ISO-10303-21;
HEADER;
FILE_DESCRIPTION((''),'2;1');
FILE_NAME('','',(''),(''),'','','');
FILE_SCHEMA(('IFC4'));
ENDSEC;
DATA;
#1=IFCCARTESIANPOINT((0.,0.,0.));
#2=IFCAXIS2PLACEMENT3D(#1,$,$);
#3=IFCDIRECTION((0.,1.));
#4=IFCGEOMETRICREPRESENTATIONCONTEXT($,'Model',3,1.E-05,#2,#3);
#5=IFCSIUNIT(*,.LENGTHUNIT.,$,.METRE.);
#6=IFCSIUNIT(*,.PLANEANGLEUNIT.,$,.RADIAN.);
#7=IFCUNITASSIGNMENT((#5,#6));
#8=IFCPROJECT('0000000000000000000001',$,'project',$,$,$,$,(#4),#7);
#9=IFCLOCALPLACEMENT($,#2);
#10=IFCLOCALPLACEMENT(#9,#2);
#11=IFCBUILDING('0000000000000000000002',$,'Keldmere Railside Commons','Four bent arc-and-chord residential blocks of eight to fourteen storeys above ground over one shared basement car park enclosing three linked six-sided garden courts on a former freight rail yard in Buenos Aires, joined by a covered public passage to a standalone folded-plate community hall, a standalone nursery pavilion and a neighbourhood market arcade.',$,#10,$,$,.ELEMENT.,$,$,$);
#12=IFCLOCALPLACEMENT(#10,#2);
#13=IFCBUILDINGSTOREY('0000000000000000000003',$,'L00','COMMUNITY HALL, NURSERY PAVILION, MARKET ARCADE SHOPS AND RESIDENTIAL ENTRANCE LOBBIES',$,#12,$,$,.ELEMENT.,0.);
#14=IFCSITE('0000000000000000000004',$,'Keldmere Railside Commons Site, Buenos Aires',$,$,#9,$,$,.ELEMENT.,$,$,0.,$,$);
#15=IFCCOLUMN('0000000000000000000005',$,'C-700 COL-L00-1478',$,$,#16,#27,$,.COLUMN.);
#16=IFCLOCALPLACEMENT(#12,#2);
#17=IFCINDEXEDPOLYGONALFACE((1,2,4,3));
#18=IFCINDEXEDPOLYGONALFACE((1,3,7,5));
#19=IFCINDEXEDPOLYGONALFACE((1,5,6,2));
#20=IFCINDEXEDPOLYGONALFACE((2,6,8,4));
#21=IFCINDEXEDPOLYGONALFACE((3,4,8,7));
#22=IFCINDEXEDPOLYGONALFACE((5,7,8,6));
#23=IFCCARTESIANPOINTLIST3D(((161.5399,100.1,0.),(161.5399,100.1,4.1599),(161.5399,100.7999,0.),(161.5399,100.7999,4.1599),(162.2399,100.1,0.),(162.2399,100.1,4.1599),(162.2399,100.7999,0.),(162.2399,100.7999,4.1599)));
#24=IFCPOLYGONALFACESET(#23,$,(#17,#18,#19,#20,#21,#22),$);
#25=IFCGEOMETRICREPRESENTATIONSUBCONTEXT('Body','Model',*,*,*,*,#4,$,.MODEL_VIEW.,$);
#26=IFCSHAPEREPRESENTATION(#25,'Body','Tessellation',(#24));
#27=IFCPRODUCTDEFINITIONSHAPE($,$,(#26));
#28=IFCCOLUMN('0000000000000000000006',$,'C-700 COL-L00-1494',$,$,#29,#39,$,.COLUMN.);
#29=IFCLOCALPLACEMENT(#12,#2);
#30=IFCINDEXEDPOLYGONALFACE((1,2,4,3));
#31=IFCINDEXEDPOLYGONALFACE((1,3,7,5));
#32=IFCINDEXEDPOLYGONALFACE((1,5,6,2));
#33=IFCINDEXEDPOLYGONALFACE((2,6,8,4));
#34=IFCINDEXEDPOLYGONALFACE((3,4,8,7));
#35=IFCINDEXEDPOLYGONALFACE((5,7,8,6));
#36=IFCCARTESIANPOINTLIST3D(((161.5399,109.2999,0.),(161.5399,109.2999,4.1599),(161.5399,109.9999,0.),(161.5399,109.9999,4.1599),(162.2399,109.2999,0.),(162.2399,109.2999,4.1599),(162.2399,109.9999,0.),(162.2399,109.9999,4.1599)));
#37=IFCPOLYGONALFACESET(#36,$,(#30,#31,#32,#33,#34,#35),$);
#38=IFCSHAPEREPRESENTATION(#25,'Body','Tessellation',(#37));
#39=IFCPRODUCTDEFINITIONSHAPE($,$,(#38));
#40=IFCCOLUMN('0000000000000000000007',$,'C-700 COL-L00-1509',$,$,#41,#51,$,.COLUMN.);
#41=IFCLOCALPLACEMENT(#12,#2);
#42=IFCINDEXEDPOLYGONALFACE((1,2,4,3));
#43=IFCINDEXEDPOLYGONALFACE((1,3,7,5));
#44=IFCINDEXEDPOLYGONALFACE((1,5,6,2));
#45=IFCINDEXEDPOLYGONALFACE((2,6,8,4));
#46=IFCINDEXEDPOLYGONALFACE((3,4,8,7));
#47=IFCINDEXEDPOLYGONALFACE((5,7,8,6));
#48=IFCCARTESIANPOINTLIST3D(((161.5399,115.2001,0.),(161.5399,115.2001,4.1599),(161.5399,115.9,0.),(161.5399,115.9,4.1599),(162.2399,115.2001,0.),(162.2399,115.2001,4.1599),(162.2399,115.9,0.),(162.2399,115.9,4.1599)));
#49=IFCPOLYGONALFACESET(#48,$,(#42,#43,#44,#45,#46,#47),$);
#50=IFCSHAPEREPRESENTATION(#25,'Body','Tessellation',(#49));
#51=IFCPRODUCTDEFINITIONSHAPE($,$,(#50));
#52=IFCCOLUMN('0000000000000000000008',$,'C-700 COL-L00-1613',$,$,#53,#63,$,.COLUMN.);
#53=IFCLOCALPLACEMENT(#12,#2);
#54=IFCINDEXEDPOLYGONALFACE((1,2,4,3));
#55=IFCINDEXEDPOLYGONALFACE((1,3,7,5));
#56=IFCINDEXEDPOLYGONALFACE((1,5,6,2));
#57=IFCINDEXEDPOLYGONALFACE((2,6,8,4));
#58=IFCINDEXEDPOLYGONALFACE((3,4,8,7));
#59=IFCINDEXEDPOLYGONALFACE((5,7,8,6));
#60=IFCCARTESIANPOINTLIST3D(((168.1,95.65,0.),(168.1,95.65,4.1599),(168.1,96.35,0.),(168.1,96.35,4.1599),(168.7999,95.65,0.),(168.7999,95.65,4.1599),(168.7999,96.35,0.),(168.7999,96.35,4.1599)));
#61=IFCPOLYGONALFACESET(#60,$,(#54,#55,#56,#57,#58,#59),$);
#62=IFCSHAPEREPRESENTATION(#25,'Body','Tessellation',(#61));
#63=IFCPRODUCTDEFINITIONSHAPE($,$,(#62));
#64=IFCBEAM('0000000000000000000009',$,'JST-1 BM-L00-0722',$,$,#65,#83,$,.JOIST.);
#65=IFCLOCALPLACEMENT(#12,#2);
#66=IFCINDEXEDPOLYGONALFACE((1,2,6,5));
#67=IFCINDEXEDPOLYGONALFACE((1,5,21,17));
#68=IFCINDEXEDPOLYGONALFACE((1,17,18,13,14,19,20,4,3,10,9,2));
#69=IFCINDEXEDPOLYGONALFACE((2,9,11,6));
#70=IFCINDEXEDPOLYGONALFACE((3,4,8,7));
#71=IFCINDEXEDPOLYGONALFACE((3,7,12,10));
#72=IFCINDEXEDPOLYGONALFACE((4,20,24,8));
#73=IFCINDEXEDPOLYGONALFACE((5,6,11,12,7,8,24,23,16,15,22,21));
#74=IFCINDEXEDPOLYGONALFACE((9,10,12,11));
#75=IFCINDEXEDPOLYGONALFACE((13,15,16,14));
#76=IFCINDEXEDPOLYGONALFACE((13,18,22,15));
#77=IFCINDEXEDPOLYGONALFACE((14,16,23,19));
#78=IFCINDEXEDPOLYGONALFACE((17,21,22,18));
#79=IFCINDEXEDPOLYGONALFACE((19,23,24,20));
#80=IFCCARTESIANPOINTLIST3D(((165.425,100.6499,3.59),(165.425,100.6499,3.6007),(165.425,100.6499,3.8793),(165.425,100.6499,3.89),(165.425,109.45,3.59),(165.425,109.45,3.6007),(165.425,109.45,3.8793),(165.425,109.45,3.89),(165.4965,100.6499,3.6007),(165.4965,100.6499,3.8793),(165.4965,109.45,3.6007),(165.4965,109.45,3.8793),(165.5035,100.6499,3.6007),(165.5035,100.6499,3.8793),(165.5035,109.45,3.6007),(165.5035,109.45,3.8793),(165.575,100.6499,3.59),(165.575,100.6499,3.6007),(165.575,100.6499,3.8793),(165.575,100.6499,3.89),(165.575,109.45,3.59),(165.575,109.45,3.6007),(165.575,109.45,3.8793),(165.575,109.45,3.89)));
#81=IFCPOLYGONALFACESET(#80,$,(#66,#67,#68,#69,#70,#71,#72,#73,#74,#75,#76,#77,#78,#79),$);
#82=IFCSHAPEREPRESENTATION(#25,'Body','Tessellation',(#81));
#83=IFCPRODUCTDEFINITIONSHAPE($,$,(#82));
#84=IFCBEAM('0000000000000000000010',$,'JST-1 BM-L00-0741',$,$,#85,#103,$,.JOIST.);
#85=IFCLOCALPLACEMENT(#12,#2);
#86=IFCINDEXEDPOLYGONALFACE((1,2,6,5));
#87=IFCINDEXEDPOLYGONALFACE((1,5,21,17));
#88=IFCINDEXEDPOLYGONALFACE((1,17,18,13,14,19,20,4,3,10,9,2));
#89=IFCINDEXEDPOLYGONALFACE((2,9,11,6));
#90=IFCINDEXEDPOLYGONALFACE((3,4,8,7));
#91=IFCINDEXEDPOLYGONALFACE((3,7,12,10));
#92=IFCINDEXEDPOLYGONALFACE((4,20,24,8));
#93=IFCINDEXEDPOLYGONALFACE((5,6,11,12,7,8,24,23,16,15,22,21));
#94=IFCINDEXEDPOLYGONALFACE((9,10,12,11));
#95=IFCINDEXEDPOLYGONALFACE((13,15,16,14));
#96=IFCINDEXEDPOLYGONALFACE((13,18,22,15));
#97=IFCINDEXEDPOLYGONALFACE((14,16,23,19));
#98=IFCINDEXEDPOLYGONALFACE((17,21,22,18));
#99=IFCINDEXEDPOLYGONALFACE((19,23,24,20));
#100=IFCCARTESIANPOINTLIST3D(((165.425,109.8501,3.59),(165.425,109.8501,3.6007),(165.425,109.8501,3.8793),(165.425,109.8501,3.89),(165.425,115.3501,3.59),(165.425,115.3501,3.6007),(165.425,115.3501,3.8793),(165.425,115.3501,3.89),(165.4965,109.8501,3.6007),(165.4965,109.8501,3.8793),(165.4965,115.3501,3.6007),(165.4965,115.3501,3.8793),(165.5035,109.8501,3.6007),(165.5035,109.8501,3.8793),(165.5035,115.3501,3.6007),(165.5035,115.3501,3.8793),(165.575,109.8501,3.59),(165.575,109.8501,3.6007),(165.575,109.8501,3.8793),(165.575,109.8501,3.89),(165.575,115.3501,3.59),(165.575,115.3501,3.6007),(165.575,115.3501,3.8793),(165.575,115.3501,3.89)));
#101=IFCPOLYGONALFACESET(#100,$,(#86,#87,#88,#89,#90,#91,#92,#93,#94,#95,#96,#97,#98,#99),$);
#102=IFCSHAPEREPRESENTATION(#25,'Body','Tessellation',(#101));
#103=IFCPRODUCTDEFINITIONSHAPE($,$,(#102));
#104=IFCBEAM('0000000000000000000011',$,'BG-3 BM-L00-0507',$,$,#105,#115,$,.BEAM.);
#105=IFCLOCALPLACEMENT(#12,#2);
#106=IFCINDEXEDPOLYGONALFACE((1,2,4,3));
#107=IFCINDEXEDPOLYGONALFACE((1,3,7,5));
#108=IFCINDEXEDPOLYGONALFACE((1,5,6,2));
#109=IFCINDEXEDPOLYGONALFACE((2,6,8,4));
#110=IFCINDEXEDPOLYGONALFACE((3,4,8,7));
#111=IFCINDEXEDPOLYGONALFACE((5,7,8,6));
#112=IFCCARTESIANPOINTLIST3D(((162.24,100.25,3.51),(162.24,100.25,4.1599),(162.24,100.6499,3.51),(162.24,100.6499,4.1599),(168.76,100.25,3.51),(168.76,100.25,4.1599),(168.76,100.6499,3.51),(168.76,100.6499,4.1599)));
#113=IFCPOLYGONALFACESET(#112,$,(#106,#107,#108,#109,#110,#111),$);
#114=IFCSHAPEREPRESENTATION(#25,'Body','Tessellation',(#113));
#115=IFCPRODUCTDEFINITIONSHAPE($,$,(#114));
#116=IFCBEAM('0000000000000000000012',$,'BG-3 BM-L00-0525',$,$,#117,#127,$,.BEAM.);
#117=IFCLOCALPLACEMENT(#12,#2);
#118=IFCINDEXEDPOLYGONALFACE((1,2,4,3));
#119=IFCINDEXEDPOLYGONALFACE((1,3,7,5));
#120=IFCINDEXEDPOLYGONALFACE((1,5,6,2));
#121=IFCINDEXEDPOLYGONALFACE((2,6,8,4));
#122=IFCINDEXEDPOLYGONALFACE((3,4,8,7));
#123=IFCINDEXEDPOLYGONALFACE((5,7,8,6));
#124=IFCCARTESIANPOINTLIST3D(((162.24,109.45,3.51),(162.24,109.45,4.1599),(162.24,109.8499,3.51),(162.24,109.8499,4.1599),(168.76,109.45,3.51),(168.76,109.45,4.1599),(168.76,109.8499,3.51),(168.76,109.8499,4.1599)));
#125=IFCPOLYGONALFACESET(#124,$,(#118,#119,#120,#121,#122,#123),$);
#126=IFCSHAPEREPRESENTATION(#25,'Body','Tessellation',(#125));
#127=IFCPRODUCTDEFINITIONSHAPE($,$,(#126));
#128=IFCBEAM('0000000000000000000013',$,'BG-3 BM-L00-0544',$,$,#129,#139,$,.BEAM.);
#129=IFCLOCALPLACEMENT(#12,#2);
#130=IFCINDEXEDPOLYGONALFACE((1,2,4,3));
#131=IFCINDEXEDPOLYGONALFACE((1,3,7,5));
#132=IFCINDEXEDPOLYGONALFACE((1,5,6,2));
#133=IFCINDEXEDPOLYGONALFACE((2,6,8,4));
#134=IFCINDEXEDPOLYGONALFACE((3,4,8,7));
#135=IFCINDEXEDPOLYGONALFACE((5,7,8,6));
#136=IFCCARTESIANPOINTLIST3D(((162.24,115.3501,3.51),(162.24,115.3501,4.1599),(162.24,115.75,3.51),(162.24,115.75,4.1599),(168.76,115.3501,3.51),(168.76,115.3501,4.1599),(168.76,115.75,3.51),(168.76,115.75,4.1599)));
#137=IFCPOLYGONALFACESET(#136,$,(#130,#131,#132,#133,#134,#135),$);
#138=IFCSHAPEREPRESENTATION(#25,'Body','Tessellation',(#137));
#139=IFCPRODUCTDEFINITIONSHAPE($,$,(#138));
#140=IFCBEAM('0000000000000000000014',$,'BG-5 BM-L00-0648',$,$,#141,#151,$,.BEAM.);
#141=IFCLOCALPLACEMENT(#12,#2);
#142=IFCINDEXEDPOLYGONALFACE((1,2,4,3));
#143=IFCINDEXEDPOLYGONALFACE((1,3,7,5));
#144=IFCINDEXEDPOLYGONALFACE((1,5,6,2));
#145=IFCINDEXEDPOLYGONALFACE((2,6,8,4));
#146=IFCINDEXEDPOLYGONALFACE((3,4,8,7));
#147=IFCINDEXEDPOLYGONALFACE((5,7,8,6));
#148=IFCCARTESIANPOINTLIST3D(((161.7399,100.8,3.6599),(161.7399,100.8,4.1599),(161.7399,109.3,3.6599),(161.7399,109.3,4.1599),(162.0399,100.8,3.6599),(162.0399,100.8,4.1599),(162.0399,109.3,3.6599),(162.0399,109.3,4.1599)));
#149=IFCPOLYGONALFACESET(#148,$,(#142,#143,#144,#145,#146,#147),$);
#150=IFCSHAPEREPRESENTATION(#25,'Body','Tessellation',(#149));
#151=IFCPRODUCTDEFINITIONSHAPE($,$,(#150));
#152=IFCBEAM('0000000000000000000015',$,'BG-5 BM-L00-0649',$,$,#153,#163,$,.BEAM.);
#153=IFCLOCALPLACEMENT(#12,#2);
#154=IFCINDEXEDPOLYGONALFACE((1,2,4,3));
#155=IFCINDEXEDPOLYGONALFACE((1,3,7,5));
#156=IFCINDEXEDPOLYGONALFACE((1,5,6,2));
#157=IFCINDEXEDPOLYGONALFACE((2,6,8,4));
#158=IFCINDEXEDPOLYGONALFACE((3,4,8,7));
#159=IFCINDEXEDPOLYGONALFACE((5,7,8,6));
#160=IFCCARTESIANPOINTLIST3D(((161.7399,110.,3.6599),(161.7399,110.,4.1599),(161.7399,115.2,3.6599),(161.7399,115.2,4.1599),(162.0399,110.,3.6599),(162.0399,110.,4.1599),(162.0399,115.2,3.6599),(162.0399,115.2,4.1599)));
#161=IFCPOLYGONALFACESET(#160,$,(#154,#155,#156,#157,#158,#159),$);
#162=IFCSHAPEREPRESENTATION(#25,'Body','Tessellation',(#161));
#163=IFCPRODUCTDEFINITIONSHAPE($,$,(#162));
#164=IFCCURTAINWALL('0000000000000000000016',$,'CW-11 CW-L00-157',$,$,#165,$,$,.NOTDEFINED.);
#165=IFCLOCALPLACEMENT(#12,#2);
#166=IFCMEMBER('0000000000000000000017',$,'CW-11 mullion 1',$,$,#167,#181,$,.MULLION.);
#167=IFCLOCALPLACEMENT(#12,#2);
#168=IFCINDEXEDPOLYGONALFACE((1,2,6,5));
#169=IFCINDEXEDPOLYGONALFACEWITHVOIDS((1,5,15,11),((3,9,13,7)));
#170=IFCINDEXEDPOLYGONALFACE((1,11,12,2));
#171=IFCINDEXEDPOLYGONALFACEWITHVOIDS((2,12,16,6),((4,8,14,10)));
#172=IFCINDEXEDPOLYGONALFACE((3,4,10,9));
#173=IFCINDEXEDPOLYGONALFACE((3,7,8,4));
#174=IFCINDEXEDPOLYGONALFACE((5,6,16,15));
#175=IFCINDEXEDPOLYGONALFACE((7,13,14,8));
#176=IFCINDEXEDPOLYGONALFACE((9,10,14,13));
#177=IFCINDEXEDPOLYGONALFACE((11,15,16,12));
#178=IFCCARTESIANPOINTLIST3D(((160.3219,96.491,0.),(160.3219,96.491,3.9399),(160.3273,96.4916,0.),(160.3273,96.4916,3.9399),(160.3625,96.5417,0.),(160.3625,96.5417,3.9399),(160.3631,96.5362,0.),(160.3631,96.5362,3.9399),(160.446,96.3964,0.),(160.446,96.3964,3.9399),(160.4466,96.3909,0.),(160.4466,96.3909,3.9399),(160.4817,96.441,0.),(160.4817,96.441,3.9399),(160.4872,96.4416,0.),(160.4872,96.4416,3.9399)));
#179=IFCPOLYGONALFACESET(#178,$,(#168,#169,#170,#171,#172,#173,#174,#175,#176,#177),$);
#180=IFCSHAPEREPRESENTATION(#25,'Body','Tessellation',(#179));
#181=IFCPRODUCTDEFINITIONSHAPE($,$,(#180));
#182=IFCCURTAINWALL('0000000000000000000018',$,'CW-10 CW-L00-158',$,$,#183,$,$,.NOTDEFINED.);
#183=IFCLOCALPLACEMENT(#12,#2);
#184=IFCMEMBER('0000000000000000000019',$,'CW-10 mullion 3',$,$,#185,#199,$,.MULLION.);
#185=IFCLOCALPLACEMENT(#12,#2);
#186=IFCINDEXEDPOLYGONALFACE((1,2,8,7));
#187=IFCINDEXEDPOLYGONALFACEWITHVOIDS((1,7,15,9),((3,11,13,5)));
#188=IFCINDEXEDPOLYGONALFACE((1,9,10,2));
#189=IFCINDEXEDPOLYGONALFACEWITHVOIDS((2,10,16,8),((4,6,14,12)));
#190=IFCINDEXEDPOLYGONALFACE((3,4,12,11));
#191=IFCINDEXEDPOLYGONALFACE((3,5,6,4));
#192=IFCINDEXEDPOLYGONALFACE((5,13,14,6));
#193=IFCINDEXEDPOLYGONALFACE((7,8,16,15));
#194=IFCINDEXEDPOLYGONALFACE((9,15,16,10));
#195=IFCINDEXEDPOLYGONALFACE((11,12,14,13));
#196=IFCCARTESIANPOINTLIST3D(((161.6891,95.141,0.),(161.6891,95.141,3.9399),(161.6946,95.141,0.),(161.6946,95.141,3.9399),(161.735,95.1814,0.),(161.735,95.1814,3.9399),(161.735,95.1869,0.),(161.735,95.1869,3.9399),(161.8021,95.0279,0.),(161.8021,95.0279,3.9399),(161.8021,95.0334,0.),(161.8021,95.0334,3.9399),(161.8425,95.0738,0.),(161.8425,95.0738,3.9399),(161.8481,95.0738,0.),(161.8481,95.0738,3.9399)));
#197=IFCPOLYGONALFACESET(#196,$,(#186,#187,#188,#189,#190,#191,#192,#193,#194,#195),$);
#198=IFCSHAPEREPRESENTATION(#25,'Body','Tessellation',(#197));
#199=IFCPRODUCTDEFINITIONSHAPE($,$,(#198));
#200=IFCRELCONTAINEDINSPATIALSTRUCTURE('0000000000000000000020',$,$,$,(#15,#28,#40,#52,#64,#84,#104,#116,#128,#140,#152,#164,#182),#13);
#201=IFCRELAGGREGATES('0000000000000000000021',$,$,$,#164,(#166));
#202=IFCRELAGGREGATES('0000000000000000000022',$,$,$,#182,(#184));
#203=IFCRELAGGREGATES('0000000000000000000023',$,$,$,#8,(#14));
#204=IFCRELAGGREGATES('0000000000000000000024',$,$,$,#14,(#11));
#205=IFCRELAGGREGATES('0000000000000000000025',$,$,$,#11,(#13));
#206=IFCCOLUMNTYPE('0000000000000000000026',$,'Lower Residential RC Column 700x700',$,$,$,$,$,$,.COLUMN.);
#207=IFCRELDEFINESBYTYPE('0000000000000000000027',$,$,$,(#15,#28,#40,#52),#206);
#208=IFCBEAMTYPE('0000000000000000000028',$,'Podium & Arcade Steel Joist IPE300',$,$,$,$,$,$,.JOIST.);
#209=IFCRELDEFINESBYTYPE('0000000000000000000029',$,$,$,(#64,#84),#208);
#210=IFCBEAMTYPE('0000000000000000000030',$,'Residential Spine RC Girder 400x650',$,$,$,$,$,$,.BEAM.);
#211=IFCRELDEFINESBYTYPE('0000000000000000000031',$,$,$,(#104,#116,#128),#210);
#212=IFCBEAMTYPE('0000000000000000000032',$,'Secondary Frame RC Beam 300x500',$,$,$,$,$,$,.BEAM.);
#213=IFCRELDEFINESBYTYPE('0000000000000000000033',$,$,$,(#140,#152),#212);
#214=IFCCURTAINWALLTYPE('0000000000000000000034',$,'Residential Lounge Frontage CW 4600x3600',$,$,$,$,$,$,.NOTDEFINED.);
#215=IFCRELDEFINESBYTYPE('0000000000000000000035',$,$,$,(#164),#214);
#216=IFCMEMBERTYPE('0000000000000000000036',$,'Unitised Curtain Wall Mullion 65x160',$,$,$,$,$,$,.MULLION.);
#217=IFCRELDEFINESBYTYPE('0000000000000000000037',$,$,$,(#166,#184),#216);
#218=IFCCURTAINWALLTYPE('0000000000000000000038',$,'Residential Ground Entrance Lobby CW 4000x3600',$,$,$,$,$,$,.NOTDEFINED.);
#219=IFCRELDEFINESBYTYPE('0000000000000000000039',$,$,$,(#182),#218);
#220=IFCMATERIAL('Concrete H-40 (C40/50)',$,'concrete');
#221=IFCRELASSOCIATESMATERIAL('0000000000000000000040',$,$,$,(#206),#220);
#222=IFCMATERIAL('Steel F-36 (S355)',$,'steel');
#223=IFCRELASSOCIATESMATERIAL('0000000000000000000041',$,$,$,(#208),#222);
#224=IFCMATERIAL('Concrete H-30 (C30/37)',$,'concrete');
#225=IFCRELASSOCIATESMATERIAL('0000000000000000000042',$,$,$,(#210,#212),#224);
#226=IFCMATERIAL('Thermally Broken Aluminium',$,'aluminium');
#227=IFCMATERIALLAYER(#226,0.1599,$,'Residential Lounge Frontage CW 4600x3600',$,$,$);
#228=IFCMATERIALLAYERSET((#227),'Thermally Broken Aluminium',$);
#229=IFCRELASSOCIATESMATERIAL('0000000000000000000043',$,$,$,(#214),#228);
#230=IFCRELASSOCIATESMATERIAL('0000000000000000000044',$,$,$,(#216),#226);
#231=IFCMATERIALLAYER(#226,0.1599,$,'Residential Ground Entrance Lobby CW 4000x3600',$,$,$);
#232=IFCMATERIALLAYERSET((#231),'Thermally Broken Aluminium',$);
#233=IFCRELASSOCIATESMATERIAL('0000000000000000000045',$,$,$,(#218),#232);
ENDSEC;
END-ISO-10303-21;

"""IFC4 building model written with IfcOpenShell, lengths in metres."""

from ifc_helpers import new_model, si_unit, direction, frame, origin, origin_2d, place, context, subcontext, project, spatial, rectangle, hollow_rectangle, i_section, extrude, material, layer, layer_set, material_profile, profile_set, type_object, element, aggregate, save


model = new_model("IFC4")

# Units and contexts
model_context = context("Model", 3, precision=1e-05, world=origin(), true_north=direction((0.0, 1.0)))
body_context = subcontext(model_context, "Body", "Model", "MODEL_VIEW")
ifc_project = project(units=[si_unit("LENGTHUNIT", "METRE"), si_unit("PLANEANGLEUNIT", "RADIAN")], contexts=[model_context])

# Site, building, storey
site_placement = place(None, origin())
site = spatial("IfcSite", under=ifc_project, at=site_placement, Name="Keldmere Railside Commons Site, Buenos Aires", CompositionType="ELEMENT", RefElevation=0.0)
building_placement = place(site_placement, origin())
building = spatial("IfcBuilding", under=site, at=building_placement, Name="Keldmere Railside Commons", Description="Four bent arc-and-chord residential blocks of eight to fourteen storeys above ground over one shared basement car park enclosing three linked six-sided garden courts on a former freight rail yard in Buenos Aires, joined by a covered public passage to a standalone folded-plate community hall, a standalone nursery pavilion and a neighbourhood market arcade.", CompositionType="ELEMENT")
storey_placement = place(building_placement, origin())
storey = spatial("IfcBuildingStorey", under=building, at=storey_placement, Name="L00", Description="COMMUNITY HALL, NURSERY PAVILION, MARKET ARCADE SHOPS AND RESIDENTIAL ENTRANCE LOBBIES", CompositionType="ELEMENT", Elevation=0.0)

# Columns
ifc_material_1 = material(Name="Concrete H-40 (C40/50)", Category="concrete")
ifc_material_profile_1 = material_profile(ifc_material_1, rectangle(XDim=0.7, YDim=0.7, at=origin_2d()), Name="RC-700x700")
ifc_profile_set_1 = profile_set([ifc_material_profile_1], Name="Concrete H-40 (C40/50)")
column_type = type_object("IfcColumnType", Name="Lower Residential RC Column 700x700", PredefinedType="COLUMN", material=ifc_profile_set_1)
for number, where, z_axis, x_axis, name in (
    (1, (161.8899, 100.45, 0.0), (0.0, 0.0, 1.0), (1.0, 0.0, 0.0), "C-700 COL-L00-1478"),
    (2, (161.8899, 109.6499, 0.0), (0.0, 0.0, 1.0), (1.0, 0.0, 0.0), "C-700 COL-L00-1494"),
    (3, (161.8899, 115.55, 0.0), (0.0, 0.0, 1.0), (1.0, 0.0, 0.0), "C-700 COL-L00-1509"),
    (4, (168.45, 96.0, 0.0), (0.0, 0.0, 1.0), (1.0, 0.0, 0.0), "C-700 COL-L00-1613"),
):
    element("IfcColumn", number, at=place(storey_placement, frame(where, z_axis=z_axis, x_axis=x_axis)), inside=storey, type_object=column_type, Name=name, PredefinedType="COLUMN", context=body_context, shape_type="SweptSolid", body=[
        extrude(rectangle(XDim=0.7, YDim=0.7, at=origin_2d()), origin(), (0.0, 0.0, 1.0), 4.1599),
    ])

# Beams
ifc_material_2 = material(Name="Steel F-36 (S355)", Category="steel")
ifc_material_profile_2 = material_profile(ifc_material_2, i_section(OverallWidth=0.1499, OverallDepth=0.3, WebThickness=0.0071, FlangeThickness=0.0107, at=origin_2d()), Name="IPE-300")
ifc_profile_set_2 = profile_set([ifc_material_profile_2], Name="Steel F-36 (S355)")
beam_type_1 = type_object("IfcBeamType", Name="Podium & Arcade Steel Joist IPE300", PredefinedType="JOIST", material=ifc_profile_set_2)
beam_1_placement = place(storey_placement, frame((165.5, 100.6499, 3.74), z_axis=(0.0, 1.0, 0.0), x_axis=(-1.0, 0.0, 0.0)))
element("IfcBeam", 5, at=beam_1_placement, inside=storey, type_object=beam_type_1, Name="JST-1 BM-L00-0722", PredefinedType="JOIST", context=body_context, shape_type="SweptSolid", body=[
    extrude(i_section(OverallWidth=0.1499, OverallDepth=0.3, WebThickness=0.0071, FlangeThickness=0.0107, at=origin_2d()), origin(), (0.0, 0.0, 1.0), 8.8),
])
beam_2_placement = place(storey_placement, frame((165.5, 109.8501, 3.74), z_axis=(0.0, 1.0, 0.0), x_axis=(-1.0, 0.0, 0.0)))
element("IfcBeam", 6, at=beam_2_placement, inside=storey, type_object=beam_type_1, Name="JST-1 BM-L00-0741", PredefinedType="JOIST", context=body_context, shape_type="SweptSolid", body=[
    extrude(i_section(OverallWidth=0.1499, OverallDepth=0.3, WebThickness=0.0071, FlangeThickness=0.0107, at=origin_2d()), origin(), (0.0, 0.0, 1.0), 5.5),
])
ifc_material_3 = material(Name="Concrete H-30 (C30/37)", Category="concrete")
ifc_material_profile_3 = material_profile(ifc_material_3, rectangle(XDim=0.3999, YDim=0.6499, at=origin_2d()), Name="RC-400x650")
ifc_profile_set_3 = profile_set([ifc_material_profile_3], Name="Concrete H-30 (C30/37)")
beam_type_2 = type_object("IfcBeamType", Name="Residential Spine RC Girder 400x650", PredefinedType="BEAM", material=ifc_profile_set_3)
for number, where, z_axis, x_axis, name in (
    (7, (162.24, 100.45, 3.835), (1.0, 0.0, 0.0), (0.0, 1.0, 0.0), "BG-3 BM-L00-0507"),
    (8, (162.24, 109.6499, 3.835), (1.0, 0.0, 0.0), (0.0, 1.0, 0.0), "BG-3 BM-L00-0525"),
    (9, (162.24, 115.55, 3.835), (1.0, 0.0, 0.0), (0.0, 1.0, 0.0), "BG-3 BM-L00-0544"),
):
    element("IfcBeam", number, at=place(storey_placement, frame(where, z_axis=z_axis, x_axis=x_axis)), inside=storey, type_object=beam_type_2, Name=name, PredefinedType="BEAM", context=body_context, shape_type="SweptSolid", body=[
        extrude(rectangle(XDim=0.3999, YDim=0.6499, at=origin_2d()), origin(), (0.0, 0.0, 1.0), 6.52),
    ])
ifc_material_profile_4 = material_profile(ifc_material_3, rectangle(XDim=0.3, YDim=0.5, at=origin_2d()), Name="RC-300x500")
ifc_profile_set_4 = profile_set([ifc_material_profile_4], Name="Concrete H-30 (C30/37)")
beam_type_3 = type_object("IfcBeamType", Name="Secondary Frame RC Beam 300x500", PredefinedType="BEAM", material=ifc_profile_set_4)
beam_3_placement = place(storey_placement, frame((161.8899, 100.8, 3.9099), z_axis=(0.0, 1.0, 0.0), x_axis=(-1.0, 0.0, 0.0)))
element("IfcBeam", 10, at=beam_3_placement, inside=storey, type_object=beam_type_3, Name="BG-5 BM-L00-0648", PredefinedType="BEAM", context=body_context, shape_type="SweptSolid", body=[
    extrude(rectangle(XDim=0.3, YDim=0.5, at=origin_2d()), origin(), (0.0, 0.0, 1.0), 8.5),
])
beam_4_placement = place(storey_placement, frame((161.8899, 110.0, 3.9099), z_axis=(0.0, 1.0, 0.0), x_axis=(-1.0, 0.0, 0.0)))
element("IfcBeam", 11, at=beam_4_placement, inside=storey, type_object=beam_type_3, Name="BG-5 BM-L00-0649", PredefinedType="BEAM", context=body_context, shape_type="SweptSolid", body=[
    extrude(rectangle(XDim=0.3, YDim=0.5, at=origin_2d()), origin(), (0.0, 0.0, 1.0), 5.2),
])

# Curtain wall, member
ifc_material_4 = material(Name="Thermally Broken Aluminium", Category="aluminium")
ifc_layer_1 = layer(ifc_material_4, 0.1599, Name="Residential Lounge Frontage CW 4600x3600")
ifc_layer_set_1 = layer_set([ifc_layer_1], Name="Thermally Broken Aluminium")
curtain_wall_type_1 = type_object("IfcCurtainWallType", Name="Residential Lounge Frontage CW 4600x3600", PredefinedType="NOTDEFINED", material=ifc_layer_set_1)
curtain_wall_1_placement = place(storey_placement, origin())
curtain_wall_1 = element("IfcCurtainWall", 12, at=curtain_wall_1_placement, inside=storey, type_object=curtain_wall_type_1, Name="CW-11 CW-L00-157", PredefinedType="NOTDEFINED")
ifc_material_profile_5 = material_profile(ifc_material_4, hollow_rectangle(XDim=0.0649, YDim=0.1599, WallThickness=0.0039, at=origin_2d()), Name="ALU-MULL-65x160")
ifc_profile_set_5 = profile_set([ifc_material_profile_5], Name="Thermally Broken Aluminium")
member_type_1 = type_object("IfcMemberType", Name="Unitised Curtain Wall Mullion 65x160", PredefinedType="MULLION", material=ifc_profile_set_5)
member_1_placement = place(storey_placement, frame((160.4045, 96.4663, 0.0), z_axis=(0.0, 0.0, 1.0), x_axis=(-0.625768, -0.780009, 0.0)))
member_1 = element("IfcMember", 13, at=member_1_placement, type_object=member_type_1, Name="CW-11 mullion 1", PredefinedType="MULLION", context=body_context, shape_type="SweptSolid", body=[
    extrude(hollow_rectangle(XDim=0.0649, YDim=0.1599, WallThickness=0.0039, at=origin_2d()), origin(), (0.0, 0.0, 1.0), 3.9399),
])
aggregate(curtain_wall_1, [member_1])

# Curtain wall, member
ifc_layer_2 = layer(ifc_material_4, 0.1599, Name="Residential Ground Entrance Lobby CW 4000x3600")
ifc_layer_set_2 = layer_set([ifc_layer_2], Name="Thermally Broken Aluminium")
curtain_wall_type_2 = type_object("IfcCurtainWallType", Name="Residential Ground Entrance Lobby CW 4000x3600", PredefinedType="NOTDEFINED", material=ifc_layer_set_2)
curtain_wall_2_placement = place(storey_placement, origin())
curtain_wall_2 = element("IfcCurtainWall", 14, at=curtain_wall_2_placement, inside=storey, type_object=curtain_wall_type_2, Name="CW-10 CW-L00-158", PredefinedType="NOTDEFINED")
member_2_placement = place(storey_placement, frame((161.7686, 95.1074, 0.0), z_axis=(0.0, 0.0, 1.0), x_axis=(-0.707107, -0.707107, 0.0)))
member_2 = element("IfcMember", 15, at=member_2_placement, type_object=member_type_1, Name="CW-10 mullion 3", PredefinedType="MULLION", context=body_context, shape_type="SweptSolid", body=[
    extrude(hollow_rectangle(XDim=0.0649, YDim=0.1599, WallThickness=0.0039, at=origin_2d()), origin(), (0.0, 0.0, 1.0), 3.9399),
])
aggregate(curtain_wall_2, [member_2])

save(model, "model.ifc")
